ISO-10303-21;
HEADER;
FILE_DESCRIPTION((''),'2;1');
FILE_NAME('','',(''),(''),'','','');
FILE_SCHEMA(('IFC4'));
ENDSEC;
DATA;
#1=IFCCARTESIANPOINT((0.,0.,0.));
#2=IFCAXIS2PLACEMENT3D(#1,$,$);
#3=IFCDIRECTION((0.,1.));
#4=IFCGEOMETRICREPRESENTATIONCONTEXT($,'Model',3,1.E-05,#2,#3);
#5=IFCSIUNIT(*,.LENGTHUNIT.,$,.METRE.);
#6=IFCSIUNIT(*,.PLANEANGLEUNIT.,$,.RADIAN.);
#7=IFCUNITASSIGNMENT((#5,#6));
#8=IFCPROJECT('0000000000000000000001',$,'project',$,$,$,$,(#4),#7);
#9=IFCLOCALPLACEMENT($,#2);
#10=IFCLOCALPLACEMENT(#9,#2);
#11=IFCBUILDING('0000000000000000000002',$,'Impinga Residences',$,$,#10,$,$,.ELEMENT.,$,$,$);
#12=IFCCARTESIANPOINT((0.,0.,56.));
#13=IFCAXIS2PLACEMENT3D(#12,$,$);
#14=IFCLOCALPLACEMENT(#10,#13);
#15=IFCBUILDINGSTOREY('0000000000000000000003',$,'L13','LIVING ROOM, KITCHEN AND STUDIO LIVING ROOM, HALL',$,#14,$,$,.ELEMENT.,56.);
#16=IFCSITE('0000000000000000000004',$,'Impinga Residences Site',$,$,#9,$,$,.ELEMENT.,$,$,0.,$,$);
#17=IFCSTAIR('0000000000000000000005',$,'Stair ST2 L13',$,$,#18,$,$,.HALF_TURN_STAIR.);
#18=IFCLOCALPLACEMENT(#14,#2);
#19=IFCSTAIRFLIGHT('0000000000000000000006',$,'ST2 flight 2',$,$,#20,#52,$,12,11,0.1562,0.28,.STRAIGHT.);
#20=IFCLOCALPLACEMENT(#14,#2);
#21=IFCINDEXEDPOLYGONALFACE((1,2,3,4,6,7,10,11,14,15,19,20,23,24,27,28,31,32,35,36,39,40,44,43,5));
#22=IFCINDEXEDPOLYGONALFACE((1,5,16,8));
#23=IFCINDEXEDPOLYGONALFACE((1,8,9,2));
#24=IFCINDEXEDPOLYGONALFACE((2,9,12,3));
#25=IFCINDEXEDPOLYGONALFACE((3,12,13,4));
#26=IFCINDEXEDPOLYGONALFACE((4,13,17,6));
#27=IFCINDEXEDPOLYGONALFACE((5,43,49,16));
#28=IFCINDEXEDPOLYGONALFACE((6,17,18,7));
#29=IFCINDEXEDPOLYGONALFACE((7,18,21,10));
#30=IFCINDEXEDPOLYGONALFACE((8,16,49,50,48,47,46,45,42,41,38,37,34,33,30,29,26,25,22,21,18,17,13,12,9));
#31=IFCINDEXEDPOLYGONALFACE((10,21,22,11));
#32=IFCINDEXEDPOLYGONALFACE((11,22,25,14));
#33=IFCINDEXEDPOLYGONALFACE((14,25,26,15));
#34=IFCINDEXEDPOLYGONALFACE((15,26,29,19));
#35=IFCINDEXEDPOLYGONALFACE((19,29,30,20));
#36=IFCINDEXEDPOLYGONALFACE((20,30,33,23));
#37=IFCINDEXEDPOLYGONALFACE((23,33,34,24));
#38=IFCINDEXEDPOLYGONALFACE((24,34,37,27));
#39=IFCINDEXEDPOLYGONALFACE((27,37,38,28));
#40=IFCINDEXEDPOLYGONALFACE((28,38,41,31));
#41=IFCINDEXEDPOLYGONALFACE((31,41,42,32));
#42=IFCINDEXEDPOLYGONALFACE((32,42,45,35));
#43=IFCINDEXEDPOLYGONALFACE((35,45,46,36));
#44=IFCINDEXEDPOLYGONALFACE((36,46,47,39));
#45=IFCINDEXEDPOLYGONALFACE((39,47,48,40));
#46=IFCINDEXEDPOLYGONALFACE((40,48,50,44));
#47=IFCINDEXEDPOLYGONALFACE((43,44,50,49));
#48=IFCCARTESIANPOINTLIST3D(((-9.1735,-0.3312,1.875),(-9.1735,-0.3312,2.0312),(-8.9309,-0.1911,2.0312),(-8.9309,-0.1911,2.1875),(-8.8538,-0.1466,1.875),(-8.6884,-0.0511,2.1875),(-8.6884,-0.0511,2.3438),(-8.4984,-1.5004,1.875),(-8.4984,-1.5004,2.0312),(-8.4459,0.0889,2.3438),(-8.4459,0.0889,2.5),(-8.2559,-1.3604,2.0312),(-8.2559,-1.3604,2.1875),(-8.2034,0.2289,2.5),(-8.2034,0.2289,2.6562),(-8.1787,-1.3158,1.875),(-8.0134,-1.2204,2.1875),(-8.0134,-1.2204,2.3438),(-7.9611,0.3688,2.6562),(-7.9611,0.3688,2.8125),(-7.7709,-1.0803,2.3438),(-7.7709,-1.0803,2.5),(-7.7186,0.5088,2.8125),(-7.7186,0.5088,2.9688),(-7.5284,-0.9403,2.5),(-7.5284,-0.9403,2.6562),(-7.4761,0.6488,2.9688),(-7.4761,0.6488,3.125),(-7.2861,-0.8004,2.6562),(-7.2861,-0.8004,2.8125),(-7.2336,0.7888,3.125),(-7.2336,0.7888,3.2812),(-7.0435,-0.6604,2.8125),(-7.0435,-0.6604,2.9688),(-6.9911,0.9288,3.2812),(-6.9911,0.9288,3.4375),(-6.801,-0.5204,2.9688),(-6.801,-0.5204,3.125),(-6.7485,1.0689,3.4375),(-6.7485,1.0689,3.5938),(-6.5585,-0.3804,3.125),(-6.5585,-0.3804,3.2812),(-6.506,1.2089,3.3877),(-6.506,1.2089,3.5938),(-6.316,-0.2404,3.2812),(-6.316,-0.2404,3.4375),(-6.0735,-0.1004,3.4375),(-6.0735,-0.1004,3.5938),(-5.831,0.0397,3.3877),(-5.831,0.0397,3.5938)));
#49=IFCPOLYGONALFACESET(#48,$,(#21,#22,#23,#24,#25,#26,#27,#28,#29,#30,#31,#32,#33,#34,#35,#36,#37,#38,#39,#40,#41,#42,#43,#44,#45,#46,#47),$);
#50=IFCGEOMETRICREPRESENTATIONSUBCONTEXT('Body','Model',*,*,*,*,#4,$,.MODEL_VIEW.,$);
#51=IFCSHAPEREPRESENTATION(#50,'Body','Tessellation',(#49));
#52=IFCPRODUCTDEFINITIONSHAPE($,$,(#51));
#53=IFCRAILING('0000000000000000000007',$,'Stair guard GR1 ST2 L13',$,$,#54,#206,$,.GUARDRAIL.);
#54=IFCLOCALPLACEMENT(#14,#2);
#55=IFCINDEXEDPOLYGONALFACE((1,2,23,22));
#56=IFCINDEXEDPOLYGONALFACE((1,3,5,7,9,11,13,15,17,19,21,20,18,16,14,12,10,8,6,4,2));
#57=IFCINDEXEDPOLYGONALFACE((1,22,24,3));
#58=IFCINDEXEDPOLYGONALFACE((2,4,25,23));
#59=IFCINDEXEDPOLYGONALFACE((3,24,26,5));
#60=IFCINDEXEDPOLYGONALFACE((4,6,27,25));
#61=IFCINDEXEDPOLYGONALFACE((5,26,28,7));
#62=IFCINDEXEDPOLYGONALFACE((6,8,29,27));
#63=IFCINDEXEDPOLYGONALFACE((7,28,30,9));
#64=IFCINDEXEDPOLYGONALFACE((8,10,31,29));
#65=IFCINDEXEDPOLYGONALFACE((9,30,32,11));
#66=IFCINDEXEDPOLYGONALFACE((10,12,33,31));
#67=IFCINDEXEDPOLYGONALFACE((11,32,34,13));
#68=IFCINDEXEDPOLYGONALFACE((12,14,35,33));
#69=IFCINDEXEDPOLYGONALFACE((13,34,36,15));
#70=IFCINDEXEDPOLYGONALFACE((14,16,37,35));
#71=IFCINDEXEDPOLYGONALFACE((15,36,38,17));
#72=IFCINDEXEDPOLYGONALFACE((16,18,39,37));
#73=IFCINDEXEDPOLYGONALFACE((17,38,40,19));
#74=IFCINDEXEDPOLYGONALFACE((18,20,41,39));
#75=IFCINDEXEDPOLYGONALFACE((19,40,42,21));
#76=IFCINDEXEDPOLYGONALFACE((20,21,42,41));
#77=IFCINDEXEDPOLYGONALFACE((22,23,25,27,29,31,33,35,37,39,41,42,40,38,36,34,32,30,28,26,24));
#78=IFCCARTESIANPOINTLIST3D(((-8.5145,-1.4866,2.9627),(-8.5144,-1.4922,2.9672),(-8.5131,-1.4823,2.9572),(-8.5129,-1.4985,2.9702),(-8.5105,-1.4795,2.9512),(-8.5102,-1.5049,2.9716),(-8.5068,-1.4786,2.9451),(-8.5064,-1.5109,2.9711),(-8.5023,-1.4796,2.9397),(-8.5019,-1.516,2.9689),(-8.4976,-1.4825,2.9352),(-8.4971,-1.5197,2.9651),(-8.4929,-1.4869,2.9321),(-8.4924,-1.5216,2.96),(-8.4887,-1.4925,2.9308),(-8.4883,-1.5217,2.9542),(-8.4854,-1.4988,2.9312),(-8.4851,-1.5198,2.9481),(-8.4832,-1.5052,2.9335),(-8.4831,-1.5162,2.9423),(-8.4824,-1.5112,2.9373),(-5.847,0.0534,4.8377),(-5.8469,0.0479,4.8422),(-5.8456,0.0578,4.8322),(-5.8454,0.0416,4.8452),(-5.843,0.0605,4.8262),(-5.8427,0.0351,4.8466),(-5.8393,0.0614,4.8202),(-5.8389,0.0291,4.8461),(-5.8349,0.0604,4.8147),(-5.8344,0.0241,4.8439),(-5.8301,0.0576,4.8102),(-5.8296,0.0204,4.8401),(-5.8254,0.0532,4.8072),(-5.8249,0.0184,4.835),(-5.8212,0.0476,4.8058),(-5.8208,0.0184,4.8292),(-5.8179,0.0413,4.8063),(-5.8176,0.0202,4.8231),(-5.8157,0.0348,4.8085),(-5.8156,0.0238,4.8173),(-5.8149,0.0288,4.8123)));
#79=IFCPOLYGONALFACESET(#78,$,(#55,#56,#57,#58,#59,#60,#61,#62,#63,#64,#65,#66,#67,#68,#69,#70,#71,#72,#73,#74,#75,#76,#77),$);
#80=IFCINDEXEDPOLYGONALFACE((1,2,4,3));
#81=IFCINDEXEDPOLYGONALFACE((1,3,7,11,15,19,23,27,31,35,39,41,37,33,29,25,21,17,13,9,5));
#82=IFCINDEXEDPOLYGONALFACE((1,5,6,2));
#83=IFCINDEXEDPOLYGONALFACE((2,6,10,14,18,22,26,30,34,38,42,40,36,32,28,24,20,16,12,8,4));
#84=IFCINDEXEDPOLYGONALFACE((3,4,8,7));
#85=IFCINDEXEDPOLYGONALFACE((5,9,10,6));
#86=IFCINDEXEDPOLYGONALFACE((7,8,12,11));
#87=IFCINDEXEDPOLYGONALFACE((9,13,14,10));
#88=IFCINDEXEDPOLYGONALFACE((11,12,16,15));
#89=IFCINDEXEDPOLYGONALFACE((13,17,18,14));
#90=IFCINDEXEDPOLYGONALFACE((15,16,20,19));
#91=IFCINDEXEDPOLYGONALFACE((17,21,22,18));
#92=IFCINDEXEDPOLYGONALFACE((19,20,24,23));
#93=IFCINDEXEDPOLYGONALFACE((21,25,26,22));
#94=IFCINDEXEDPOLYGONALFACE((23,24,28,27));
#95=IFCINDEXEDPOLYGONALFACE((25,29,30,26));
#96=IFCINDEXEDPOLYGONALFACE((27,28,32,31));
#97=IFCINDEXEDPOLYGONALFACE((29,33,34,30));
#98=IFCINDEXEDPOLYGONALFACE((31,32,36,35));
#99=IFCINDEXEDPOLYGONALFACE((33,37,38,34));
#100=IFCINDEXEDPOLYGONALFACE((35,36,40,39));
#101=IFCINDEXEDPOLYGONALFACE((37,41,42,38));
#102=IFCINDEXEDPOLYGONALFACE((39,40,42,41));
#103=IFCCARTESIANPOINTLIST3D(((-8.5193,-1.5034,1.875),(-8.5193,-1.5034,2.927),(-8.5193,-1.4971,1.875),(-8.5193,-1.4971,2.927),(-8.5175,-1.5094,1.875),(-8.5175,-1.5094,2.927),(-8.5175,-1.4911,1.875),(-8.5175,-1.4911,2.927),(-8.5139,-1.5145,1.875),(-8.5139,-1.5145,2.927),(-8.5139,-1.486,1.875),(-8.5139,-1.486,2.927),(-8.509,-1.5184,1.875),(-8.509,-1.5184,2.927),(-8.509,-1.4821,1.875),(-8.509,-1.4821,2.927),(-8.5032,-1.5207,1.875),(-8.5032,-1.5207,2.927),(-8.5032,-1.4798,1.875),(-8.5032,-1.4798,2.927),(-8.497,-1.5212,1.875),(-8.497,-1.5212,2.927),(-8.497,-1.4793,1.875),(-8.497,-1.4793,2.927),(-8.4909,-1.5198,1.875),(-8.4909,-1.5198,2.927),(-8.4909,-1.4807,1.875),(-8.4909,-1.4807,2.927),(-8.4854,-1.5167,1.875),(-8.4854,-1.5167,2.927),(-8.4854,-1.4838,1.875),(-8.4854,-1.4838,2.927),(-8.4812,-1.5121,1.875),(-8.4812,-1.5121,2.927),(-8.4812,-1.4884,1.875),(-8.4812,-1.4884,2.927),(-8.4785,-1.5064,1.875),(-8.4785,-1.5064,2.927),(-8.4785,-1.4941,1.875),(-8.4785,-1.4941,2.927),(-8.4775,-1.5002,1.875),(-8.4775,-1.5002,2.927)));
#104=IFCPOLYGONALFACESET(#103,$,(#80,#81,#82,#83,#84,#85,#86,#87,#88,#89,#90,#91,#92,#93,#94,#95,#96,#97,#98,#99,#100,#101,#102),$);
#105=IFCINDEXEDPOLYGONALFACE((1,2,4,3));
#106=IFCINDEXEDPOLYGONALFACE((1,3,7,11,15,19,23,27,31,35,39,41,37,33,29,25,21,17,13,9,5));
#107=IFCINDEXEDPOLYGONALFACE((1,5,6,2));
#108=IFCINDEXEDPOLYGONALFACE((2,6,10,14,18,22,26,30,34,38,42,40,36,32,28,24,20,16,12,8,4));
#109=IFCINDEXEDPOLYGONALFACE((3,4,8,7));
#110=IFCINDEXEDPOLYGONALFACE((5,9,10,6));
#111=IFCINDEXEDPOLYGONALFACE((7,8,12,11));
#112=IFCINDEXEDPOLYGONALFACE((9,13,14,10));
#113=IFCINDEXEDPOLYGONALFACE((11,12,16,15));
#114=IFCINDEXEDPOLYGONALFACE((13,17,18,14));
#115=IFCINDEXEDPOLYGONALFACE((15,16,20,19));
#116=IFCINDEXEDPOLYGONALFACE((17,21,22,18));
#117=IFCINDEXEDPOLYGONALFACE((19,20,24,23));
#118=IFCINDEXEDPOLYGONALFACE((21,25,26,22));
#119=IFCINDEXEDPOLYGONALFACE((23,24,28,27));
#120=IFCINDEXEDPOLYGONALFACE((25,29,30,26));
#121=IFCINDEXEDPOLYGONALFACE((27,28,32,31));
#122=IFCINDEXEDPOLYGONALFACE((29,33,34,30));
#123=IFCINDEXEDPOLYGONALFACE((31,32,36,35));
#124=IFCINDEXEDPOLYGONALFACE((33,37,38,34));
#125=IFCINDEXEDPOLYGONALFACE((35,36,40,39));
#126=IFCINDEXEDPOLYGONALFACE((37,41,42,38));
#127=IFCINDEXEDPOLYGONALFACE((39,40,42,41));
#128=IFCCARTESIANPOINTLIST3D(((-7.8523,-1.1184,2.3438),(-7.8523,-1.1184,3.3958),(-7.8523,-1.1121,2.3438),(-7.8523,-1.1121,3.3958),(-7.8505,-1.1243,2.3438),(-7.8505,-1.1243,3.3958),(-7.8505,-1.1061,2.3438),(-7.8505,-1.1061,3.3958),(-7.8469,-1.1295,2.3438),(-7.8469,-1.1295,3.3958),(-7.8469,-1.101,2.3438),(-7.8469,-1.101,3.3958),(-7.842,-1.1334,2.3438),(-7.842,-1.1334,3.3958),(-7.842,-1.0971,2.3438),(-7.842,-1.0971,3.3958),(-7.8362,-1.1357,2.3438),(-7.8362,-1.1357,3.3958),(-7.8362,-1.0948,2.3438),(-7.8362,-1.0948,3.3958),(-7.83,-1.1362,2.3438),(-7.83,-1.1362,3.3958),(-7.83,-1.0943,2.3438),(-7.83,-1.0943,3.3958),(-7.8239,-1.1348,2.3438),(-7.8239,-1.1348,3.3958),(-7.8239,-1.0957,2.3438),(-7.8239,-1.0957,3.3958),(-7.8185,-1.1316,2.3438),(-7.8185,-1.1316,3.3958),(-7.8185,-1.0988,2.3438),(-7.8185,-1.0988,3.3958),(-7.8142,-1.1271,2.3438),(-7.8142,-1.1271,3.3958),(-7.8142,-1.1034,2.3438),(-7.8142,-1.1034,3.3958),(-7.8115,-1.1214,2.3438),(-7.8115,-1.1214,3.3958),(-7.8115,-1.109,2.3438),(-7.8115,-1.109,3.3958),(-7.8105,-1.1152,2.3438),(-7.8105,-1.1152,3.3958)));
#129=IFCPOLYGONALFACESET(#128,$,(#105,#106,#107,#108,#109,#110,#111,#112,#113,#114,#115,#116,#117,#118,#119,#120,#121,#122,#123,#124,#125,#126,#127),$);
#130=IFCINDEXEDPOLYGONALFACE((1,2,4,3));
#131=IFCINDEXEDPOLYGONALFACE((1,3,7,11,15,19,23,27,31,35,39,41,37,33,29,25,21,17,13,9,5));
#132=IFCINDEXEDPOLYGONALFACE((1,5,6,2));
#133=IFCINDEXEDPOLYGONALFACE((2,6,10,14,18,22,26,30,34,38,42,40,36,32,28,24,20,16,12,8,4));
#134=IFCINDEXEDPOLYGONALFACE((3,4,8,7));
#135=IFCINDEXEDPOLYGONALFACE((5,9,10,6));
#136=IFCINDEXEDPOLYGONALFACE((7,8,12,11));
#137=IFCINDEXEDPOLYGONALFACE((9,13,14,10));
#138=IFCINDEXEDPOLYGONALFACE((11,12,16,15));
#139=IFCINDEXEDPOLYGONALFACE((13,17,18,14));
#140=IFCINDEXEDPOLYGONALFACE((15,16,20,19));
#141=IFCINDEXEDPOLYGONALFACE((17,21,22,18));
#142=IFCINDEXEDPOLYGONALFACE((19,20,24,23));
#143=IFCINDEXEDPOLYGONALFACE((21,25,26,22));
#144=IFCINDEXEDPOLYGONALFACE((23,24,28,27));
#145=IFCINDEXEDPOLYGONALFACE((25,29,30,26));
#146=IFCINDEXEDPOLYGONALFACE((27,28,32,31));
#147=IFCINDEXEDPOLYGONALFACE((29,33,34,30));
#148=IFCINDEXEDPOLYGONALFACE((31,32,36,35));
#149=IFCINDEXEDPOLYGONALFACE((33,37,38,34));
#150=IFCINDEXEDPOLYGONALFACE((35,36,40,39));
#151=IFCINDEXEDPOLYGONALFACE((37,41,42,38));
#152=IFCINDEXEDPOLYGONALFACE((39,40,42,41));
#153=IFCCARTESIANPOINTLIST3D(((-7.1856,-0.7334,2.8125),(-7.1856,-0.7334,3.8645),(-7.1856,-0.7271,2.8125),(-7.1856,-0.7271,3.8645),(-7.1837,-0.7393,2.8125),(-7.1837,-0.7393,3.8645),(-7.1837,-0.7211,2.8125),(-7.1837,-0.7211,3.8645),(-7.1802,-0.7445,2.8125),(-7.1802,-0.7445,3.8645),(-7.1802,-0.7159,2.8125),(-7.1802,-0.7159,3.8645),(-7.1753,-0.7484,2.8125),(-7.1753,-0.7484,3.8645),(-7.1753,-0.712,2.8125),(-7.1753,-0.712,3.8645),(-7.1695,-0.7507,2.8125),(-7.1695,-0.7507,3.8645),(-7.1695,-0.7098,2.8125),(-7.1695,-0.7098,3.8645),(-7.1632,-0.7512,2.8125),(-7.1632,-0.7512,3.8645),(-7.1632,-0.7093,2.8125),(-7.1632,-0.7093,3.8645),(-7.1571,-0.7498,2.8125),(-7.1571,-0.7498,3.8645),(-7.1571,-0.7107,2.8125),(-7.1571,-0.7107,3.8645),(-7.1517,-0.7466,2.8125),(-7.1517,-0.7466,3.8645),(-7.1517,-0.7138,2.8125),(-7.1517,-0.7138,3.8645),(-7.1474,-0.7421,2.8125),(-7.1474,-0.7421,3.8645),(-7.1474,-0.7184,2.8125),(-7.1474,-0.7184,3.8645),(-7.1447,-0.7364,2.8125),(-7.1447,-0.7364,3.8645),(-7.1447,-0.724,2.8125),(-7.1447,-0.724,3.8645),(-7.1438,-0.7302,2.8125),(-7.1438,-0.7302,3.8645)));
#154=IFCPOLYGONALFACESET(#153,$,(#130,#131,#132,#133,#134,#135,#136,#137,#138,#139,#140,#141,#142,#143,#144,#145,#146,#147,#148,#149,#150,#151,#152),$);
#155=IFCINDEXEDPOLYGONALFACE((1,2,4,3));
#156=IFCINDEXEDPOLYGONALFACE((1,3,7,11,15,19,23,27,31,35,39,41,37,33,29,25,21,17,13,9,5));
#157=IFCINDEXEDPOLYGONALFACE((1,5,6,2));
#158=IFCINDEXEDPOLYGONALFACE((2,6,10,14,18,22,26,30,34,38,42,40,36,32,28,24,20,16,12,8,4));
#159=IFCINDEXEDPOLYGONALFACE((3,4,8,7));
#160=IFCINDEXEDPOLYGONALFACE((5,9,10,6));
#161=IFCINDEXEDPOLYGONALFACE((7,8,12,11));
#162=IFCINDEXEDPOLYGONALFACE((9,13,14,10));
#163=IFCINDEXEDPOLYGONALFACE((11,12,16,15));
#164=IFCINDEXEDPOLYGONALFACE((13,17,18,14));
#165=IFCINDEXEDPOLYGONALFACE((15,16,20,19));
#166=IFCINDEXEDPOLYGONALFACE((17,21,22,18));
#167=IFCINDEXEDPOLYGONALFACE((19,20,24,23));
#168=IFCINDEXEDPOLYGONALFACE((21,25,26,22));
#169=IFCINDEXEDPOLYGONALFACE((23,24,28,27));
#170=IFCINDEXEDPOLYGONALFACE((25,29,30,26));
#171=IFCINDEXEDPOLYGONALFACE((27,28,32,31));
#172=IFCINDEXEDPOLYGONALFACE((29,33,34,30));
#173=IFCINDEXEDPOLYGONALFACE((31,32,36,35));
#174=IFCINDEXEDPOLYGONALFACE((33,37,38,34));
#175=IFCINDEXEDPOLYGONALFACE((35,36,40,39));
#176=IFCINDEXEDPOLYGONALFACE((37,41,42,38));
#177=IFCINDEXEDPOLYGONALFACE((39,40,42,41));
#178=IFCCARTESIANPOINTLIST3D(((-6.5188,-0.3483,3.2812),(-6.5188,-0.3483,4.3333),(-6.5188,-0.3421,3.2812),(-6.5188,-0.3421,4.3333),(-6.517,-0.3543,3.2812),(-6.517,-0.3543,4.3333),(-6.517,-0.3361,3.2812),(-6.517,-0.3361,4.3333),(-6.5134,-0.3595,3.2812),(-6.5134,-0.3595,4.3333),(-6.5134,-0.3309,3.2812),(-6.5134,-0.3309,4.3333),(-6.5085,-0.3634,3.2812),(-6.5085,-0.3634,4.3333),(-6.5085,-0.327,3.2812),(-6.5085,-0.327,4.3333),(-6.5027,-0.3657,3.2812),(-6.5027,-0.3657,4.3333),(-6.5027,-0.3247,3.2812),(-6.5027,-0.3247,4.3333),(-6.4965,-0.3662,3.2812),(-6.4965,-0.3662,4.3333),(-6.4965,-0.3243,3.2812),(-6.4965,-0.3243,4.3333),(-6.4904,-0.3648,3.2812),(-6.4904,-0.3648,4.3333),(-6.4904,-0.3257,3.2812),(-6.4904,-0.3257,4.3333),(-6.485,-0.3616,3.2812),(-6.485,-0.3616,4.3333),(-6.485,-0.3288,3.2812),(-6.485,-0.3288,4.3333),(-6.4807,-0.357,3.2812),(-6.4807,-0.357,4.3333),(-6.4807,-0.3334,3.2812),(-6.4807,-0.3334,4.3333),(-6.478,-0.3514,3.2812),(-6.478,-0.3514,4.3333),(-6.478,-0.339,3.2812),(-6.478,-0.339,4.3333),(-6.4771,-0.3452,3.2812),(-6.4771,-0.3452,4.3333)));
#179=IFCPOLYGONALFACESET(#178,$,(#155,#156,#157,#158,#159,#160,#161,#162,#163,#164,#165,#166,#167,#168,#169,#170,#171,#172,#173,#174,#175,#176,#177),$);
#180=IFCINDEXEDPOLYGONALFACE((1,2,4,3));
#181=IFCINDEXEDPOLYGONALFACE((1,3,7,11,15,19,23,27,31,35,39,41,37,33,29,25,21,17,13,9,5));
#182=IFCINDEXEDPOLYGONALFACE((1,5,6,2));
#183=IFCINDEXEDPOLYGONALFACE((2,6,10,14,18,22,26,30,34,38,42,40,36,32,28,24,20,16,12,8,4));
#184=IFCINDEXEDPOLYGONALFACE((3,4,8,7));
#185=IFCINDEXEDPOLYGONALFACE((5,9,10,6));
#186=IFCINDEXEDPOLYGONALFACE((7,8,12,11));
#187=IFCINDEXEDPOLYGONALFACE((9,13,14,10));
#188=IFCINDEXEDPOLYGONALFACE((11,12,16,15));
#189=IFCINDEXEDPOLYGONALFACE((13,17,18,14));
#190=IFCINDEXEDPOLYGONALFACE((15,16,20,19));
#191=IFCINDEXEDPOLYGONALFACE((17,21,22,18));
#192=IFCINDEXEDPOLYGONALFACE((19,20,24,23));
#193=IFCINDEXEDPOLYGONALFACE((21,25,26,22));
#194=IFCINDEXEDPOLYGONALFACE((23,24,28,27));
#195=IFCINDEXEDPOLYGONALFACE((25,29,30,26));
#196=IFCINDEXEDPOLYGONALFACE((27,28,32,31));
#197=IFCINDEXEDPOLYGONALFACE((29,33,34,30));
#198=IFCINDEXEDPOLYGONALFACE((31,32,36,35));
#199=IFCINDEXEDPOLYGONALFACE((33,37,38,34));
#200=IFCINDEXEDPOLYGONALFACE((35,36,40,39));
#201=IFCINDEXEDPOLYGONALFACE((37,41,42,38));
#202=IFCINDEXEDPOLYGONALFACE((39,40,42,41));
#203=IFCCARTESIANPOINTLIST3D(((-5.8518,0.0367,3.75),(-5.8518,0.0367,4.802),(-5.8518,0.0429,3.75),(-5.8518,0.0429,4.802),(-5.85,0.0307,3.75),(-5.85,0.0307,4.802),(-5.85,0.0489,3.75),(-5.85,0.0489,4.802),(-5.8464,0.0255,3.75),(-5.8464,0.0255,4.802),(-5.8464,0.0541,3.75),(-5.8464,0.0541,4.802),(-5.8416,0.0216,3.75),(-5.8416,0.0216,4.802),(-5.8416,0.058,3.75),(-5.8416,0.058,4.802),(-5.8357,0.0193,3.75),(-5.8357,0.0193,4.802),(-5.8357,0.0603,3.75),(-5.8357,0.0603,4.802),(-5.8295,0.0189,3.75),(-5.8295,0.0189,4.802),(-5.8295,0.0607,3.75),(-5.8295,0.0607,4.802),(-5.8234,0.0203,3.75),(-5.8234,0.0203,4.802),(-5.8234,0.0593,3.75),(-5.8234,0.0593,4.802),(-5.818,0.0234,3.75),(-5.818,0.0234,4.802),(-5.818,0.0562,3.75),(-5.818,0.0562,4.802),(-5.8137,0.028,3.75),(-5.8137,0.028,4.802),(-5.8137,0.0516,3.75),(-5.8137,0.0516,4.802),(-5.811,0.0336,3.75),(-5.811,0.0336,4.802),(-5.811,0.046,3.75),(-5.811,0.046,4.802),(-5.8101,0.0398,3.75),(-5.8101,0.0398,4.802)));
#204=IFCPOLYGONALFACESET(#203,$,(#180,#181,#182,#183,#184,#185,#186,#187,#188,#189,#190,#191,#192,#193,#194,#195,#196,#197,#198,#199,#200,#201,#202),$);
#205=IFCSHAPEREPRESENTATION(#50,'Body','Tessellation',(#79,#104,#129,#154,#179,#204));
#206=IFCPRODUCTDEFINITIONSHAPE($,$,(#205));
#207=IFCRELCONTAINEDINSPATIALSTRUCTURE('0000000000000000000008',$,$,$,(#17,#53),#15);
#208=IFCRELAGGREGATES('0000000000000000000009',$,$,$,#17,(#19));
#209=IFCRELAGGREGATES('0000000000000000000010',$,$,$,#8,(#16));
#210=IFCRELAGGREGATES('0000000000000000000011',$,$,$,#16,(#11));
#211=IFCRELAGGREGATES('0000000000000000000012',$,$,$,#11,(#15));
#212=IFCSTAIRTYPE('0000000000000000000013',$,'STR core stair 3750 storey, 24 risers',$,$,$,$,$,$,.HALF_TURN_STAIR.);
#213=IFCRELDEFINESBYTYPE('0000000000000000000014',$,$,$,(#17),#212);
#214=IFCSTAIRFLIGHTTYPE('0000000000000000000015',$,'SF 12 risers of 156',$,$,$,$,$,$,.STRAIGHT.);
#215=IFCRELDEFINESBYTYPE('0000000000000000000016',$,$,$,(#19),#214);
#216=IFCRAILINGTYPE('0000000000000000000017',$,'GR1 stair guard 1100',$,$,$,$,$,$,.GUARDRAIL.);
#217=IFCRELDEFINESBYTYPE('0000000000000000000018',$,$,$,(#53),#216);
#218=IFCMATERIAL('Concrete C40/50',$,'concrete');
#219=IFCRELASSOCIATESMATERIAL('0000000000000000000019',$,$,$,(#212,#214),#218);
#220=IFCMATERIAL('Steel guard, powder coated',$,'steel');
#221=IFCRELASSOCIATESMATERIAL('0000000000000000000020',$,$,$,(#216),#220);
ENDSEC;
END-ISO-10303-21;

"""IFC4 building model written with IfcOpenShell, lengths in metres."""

from ifc_helpers import new_model, si_unit, direction, frame, origin, origin_2d, place, context, subcontext, project, spatial, polyline, circle, outline, extrude, material, type_object, element, aggregate, save


model = new_model("IFC4")

# Units and contexts
model_context = context("Model", 3, precision=1e-05, world=origin(), true_north=direction((0.0, 1.0)))
body_context = subcontext(model_context, "Body", "Model", "MODEL_VIEW")
ifc_project = project(units=[si_unit("LENGTHUNIT", "METRE"), si_unit("PLANEANGLEUNIT", "RADIAN")], contexts=[model_context])

# Site, building, storey
site_placement = place(None, origin())
site = spatial("IfcSite", under=ifc_project, at=site_placement, Name="Impinga Residences Site", CompositionType="ELEMENT", RefElevation=0.0)
building_placement = place(site_placement, origin())
building = spatial("IfcBuilding", under=site, at=building_placement, Name="Impinga Residences", CompositionType="ELEMENT")
storey_placement = place(building_placement, frame((0.0, 0.0, 56.0)))
storey = spatial("IfcBuildingStorey", under=building, at=storey_placement, Name="L13", Description="LIVING ROOM, KITCHEN AND STUDIO LIVING ROOM, HALL", CompositionType="ELEMENT", Elevation=56.0)

# Stair, stair flight
ifc_material_1 = material(Name="Concrete C40/50", Category="concrete")
stair_type = type_object("IfcStairType", Name="STR core stair 3750 storey, 24 risers", PredefinedType="HALF_TURN_STAIR", material=ifc_material_1)
stair_placement = place(storey_placement, origin())
stair = element("IfcStair", 1, at=stair_placement, inside=storey, type_object=stair_type, Name="Stair ST2 L13", PredefinedType="HALF_TURN_STAIR")
stair_flight_type = type_object("IfcStairFlightType", Name="SF 12 risers of 156", PredefinedType="STRAIGHT", material=ifc_material_1)
stair_flight_placement = place(storey_placement, frame((-8.8359, -0.9158, 1.875), z_axis=(0.0, 0.0, 1.0), x_axis=(0.866025, 0.5, 0.0)))
stair_flight = element("IfcStairFlight", 2, at=stair_flight_placement, type_object=stair_flight_type, Name="ST2 flight 2", NumberOfRisers=12, NumberOfTreads=11, PredefinedType="STRAIGHT", RiserHeight=0.1562, TreadLength=0.28, context=body_context, shape_type="SweptSolid", body=[
    extrude(outline(polyline([(0.0, 0.0), (0.0, 0.1562), (0.28, 0.1562), (0.28, 0.3125), (0.5601, 0.3125), (0.5601, 0.4688), (0.8401, 0.4688), (0.8401, 0.625), (1.1201, 0.625), (1.1201, 0.7812), (1.3999, 0.7812), (1.3999, 0.9375), (1.6799, 0.9375), (1.6799, 1.0938), (1.96, 1.0938), (1.96, 1.25), (2.24, 1.25), (2.24, 1.4062), (2.52, 1.4062), (2.52, 1.5625), (2.8, 1.5625), (2.8, 1.7188), (3.0801, 1.7188), (3.0801, 1.875), (3.0801, 1.5127), (0.3691, 0.0), (0.0, 0.0)])), frame((0.0, 0.675, 0.0), z_axis=(0.0, -1.0, 0.0), x_axis=(1.0, 0.0, 0.0)), (0.0, 0.0, 1.0), 1.3501),
])
aggregate(stair, [stair_flight])

# Railing
ifc_material_2 = material(Name="Steel guard, powder coated", Category="steel")
railing_type_1 = type_object("IfcRailingType", Name="GR1 stair guard 1100", PredefinedType="GUARDRAIL", material=ifc_material_2)
railing_1_placement = place(storey_placement, frame((-8.4985, -1.5002, 1.875)))
element("IfcRailing", 3, at=railing_1_placement, inside=storey, type_object=railing_type_1, Name="Stair guard GR1 ST2 L13", PredefinedType="GUARDRAIL", context=body_context, shape_type="SweptSolid", body=[
    extrude(circle(Radius=0.0239, at=origin_2d()), frame((0.0, 0.0, 1.0762), z_axis=(0.739746, 0.427084, 0.519975), x_axis=(-0.499992, 0.86603, 0.0)), (0.0, 0.0, 1.0), 3.606),
    extrude(circle(Radius=0.021, at=origin_2d()), origin(), (0.0, 0.0, 1.0), 1.052),
    extrude(circle(Radius=0.021, at=origin_2d()), frame((0.667, 0.385, 0.4688)), (0.0, 0.0, 1.0), 1.052),
    extrude(circle(Radius=0.021, at=origin_2d()), frame((1.3337, 0.77, 0.9375)), (0.0, 0.0, 1.0), 1.052),
    extrude(circle(Radius=0.021, at=origin_2d()), frame((2.0005, 1.155, 1.4062)), (0.0, 0.0, 1.0), 1.052),
    extrude(circle(Radius=0.021, at=origin_2d()), frame((2.6675, 1.54, 1.875)), (0.0, 0.0, 1.0), 1.052),
])

save(model, "model.ifc")
